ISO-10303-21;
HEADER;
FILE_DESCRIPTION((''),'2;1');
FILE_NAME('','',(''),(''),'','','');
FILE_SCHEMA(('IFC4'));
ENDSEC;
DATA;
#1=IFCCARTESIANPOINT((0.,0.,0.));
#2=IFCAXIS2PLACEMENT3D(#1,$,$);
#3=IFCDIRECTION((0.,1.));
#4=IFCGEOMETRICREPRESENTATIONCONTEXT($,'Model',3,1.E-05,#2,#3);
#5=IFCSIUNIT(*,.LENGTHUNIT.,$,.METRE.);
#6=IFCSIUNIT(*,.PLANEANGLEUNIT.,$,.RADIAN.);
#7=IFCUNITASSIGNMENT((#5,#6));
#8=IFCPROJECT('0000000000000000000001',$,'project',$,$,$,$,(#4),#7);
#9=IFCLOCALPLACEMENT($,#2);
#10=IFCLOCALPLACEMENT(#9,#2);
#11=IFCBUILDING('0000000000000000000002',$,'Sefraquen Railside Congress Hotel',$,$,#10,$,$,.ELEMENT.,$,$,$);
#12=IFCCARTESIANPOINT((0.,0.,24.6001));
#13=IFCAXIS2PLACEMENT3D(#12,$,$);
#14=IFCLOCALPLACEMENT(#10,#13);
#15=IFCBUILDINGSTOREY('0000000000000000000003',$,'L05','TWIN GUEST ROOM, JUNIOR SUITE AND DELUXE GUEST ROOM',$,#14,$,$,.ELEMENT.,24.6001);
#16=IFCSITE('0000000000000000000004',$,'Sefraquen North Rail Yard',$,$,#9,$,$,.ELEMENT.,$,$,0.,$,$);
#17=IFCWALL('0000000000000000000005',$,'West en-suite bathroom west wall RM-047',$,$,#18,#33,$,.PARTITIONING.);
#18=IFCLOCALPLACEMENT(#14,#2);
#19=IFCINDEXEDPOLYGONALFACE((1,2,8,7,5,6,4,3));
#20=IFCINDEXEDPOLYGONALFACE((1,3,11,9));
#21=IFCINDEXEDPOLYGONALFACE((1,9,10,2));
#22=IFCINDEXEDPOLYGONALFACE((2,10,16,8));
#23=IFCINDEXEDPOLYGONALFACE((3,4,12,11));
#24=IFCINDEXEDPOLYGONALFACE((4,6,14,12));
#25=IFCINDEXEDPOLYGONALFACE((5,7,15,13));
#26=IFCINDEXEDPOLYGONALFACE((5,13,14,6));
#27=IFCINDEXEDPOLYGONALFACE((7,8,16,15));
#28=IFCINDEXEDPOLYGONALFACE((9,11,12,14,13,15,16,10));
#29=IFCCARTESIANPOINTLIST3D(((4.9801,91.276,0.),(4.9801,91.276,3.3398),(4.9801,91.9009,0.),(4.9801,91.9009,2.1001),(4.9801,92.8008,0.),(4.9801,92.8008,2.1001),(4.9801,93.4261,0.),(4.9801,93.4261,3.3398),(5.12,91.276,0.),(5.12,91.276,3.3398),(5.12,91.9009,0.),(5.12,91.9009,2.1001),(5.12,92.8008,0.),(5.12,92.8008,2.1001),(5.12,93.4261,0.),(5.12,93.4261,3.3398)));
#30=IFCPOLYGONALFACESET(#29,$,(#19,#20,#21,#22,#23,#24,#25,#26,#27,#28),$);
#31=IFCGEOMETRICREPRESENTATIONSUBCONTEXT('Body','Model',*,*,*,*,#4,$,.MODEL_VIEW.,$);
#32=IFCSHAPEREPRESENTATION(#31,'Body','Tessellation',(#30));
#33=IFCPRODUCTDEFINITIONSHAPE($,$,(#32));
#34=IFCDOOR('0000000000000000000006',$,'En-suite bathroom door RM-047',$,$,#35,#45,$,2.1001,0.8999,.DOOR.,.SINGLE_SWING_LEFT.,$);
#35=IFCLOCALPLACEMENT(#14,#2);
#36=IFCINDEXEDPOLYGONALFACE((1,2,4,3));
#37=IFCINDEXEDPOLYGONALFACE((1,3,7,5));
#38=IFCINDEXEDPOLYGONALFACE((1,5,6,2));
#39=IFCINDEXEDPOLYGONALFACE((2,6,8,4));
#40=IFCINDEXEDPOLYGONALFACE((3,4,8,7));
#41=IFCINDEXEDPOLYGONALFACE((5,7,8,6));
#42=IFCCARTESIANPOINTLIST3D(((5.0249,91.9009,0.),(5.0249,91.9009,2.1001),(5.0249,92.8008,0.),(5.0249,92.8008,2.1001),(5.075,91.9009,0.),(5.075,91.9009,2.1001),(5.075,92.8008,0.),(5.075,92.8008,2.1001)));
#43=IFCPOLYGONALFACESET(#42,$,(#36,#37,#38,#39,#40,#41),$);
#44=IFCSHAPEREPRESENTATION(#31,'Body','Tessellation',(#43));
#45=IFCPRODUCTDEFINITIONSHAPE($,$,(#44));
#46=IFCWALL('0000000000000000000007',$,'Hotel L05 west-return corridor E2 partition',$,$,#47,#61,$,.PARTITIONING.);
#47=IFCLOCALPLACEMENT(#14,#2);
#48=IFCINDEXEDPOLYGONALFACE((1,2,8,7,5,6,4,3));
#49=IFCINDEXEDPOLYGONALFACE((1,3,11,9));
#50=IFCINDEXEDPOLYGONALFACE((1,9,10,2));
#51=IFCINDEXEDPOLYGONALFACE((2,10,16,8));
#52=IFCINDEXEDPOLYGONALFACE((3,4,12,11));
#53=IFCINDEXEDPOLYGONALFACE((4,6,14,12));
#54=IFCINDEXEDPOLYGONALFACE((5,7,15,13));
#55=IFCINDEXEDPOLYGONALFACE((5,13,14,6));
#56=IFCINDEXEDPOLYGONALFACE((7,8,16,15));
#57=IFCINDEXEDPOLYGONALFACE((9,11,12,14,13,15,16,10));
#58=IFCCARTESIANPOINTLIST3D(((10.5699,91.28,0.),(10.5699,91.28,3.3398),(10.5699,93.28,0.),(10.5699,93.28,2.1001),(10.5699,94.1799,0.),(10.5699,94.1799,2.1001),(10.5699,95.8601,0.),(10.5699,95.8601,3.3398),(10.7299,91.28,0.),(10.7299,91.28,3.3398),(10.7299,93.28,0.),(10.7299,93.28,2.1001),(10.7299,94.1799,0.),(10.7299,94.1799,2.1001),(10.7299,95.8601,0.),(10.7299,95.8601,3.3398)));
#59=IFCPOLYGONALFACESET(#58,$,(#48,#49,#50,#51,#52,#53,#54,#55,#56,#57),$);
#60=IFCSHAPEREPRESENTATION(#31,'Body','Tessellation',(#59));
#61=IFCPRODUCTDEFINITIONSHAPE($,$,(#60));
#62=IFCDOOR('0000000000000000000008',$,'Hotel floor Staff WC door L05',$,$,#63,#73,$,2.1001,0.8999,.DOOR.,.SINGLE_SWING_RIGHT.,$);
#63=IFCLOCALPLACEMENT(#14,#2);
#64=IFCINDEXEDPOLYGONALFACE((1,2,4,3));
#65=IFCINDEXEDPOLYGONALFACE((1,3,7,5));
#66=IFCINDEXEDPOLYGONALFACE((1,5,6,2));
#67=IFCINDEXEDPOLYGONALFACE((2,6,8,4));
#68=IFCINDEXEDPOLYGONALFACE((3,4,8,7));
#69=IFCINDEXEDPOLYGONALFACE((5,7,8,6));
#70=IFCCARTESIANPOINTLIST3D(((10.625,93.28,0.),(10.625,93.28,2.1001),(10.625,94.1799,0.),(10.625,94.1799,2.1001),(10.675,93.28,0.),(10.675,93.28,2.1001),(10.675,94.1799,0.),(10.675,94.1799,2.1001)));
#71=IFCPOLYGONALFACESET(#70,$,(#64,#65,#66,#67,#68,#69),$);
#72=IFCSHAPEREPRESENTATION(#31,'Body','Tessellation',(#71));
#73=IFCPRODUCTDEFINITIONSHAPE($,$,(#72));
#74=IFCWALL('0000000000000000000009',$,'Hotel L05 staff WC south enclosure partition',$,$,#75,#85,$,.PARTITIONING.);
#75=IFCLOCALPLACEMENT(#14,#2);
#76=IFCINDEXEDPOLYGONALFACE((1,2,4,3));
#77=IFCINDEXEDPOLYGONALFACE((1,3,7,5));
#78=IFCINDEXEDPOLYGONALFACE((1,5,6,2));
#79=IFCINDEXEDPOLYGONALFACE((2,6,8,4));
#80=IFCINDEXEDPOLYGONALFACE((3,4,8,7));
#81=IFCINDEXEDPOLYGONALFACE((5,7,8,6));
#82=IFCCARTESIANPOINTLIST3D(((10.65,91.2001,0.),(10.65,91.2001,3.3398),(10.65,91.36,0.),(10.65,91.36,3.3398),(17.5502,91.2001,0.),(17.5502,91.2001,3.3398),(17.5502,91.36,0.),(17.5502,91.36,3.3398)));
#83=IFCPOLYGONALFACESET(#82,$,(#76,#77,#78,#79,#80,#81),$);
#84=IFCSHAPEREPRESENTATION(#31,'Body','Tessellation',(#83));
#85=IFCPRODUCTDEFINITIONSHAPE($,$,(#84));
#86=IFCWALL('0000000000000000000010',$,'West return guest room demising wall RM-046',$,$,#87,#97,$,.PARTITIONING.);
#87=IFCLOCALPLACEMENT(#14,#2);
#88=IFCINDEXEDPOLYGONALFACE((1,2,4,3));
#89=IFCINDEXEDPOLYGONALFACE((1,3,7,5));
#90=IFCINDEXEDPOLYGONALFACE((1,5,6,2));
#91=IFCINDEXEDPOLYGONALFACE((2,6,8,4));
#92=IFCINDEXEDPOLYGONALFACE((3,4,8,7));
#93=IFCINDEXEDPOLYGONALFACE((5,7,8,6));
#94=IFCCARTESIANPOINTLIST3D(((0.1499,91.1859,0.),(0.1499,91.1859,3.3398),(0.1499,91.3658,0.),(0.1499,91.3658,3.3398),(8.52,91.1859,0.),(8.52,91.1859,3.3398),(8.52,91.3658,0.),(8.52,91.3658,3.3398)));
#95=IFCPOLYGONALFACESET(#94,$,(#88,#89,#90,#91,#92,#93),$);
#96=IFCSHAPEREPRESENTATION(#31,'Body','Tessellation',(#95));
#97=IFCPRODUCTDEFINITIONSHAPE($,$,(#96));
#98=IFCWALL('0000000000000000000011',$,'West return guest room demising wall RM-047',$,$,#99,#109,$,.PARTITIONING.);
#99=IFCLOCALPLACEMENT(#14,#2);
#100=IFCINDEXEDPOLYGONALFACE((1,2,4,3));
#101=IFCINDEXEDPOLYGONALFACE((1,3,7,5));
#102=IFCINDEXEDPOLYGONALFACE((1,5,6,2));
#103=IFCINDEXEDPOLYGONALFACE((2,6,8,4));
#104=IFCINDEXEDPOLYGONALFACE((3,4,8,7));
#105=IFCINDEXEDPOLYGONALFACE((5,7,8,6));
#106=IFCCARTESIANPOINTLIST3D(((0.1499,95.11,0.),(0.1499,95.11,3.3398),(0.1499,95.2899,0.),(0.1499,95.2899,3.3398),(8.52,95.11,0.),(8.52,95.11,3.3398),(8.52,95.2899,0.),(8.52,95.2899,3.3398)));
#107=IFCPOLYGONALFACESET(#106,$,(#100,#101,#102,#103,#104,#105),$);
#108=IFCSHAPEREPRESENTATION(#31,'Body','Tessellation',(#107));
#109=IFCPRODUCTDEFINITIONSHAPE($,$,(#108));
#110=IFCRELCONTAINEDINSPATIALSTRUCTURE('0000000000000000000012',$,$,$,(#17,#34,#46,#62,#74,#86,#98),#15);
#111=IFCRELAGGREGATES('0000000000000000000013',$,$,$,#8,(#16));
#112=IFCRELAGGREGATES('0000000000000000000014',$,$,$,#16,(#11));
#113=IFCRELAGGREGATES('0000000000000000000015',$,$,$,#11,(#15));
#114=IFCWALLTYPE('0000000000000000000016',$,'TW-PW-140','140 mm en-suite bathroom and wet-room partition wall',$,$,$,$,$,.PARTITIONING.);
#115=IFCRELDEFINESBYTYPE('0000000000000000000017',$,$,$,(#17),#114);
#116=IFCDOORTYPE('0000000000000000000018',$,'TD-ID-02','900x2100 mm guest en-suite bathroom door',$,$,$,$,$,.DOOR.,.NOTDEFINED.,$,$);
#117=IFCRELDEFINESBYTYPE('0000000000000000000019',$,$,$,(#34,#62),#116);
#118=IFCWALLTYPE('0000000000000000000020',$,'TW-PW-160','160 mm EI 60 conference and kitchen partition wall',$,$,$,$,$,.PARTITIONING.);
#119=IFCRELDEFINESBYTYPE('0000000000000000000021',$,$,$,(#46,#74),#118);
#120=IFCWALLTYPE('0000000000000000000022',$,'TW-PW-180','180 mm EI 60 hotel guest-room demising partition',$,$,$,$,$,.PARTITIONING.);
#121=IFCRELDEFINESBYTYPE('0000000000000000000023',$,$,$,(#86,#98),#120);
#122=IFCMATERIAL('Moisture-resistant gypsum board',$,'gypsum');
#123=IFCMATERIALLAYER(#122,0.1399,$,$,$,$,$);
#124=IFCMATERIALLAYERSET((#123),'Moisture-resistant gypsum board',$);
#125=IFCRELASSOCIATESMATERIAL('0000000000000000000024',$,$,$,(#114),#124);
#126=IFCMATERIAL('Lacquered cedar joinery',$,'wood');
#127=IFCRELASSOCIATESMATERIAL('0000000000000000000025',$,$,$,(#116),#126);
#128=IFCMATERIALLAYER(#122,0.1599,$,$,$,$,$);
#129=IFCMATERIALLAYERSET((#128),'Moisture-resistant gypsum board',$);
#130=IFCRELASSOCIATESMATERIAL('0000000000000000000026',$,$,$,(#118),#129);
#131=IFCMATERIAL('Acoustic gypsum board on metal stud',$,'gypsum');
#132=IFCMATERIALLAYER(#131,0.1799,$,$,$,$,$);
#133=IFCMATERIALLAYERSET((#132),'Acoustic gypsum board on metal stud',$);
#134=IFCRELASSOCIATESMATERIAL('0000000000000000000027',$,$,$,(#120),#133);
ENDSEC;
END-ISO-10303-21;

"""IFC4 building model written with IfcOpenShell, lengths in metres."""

from ifc_helpers import new_model, si_unit, direction, frame, frame_2d, origin, place, context, subcontext, project, spatial, rectangle, extrude, material, layer, layer_set, type_object, element, fill, save


model = new_model("IFC4")

# Units and contexts
model_context = context("Model", 3, precision=1e-05, world=origin(), true_north=direction((0.0, 1.0)))
body_context = subcontext(model_context, "Body", "Model", "MODEL_VIEW")
ifc_project = project(units=[si_unit("LENGTHUNIT", "METRE"), si_unit("PLANEANGLEUNIT", "RADIAN")], contexts=[model_context])

# Site, building, storey
site_placement = place(None, origin())
site = spatial("IfcSite", under=ifc_project, at=site_placement, Name="Sefraquen North Rail Yard", CompositionType="ELEMENT", RefElevation=0.0)
building_placement = place(site_placement, origin())
building = spatial("IfcBuilding", under=site, at=building_placement, Name="Sefraquen Railside Congress Hotel", CompositionType="ELEMENT")
storey_placement = place(building_placement, frame((0.0, 0.0, 24.6001)))
storey = spatial("IfcBuildingStorey", under=building, at=storey_placement, Name="L05", Description="TWIN GUEST ROOM, JUNIOR SUITE AND DELUXE GUEST ROOM", CompositionType="ELEMENT", Elevation=24.6001)

# Shared definitions
ifc_material_1 = material(Name="Moisture-resistant gypsum board", Category="gypsum")
ifc_layer_1 = layer(ifc_material_1, 0.1399)
ifc_layer_set_1 = layer_set([ifc_layer_1], Name="Moisture-resistant gypsum board")
wall_type_1 = type_object("IfcWallType", Name="TW-PW-140", Description="140 mm en-suite bathroom and wet-room partition wall", PredefinedType="PARTITIONING", material=ifc_layer_set_1)

# Walls, openings, doors
wall_1_placement = place(storey_placement, frame((5.05, 91.2759, 0.0), z_axis=(0.0, 0.0, 1.0), x_axis=(0.0, 1.0, 0.0)))
wall_1 = element("IfcWall", 1, at=wall_1_placement, inside=storey, type_object=wall_type_1, Name="West en-suite bathroom west wall RM-047", PredefinedType="PARTITIONING", context=body_context, shape_type="SweptSolid", body=[
    extrude(rectangle(XDim=2.1501, YDim=0.1399, at=frame_2d((1.0752, 0.0))), origin(), (0.0, 0.0, 1.0), 3.3398),
])
opening_1_placement = place(wall_1_placement, frame((0.625, 0.0, 0.0)))
opening_1 = element("IfcOpeningElement", 2, at=opening_1_placement, cuts=wall_1, PredefinedType="OPENING", context=body_context, shape_type="SweptSolid", body=[
    extrude(rectangle(XDim=0.8999, YDim=2.1001, at=frame_2d((0.45, 1.05))), frame((0.0, 0.0798, 0.0), z_axis=(0.0, -1.0, 0.0), x_axis=(1.0, 0.0, 0.0)), (0.0, 0.0, 1.0), 0.1599),
])
ifc_material_2 = material(Name="Lacquered cedar joinery", Category="wood")
door_type = type_object("IfcDoorType", Name="TD-ID-02", Description="900x2100 mm guest en-suite bathroom door", OperationType="NOTDEFINED", PredefinedType="DOOR", material=ifc_material_2)
door_1_placement = place(opening_1_placement, frame((0.8999, 0.0, 0.0), z_axis=(0.0, 0.0, 1.0), x_axis=(-1.0, 0.0, 0.0)))
door_1 = element("IfcDoor", 3, at=door_1_placement, inside=storey, type_object=door_type, Name="En-suite bathroom door RM-047", OperationType="SINGLE_SWING_LEFT", OverallHeight=2.1001, OverallWidth=0.8999, PredefinedType="DOOR", context=body_context, shape_type="SweptSolid", body=[
    extrude(rectangle(XDim=0.8999, YDim=2.1001, at=frame_2d((0.45, 1.05))), frame((0.0, 0.0249, 0.0), z_axis=(0.0, -1.0, 0.0), x_axis=(1.0, 0.0, 0.0)), (0.0, 0.0, 1.0), 0.05),
])
fill(opening_1, door_1)
ifc_layer_2 = layer(ifc_material_1, 0.1599)
ifc_layer_set_2 = layer_set([ifc_layer_2], Name="Moisture-resistant gypsum board")
wall_type_2 = type_object("IfcWallType", Name="TW-PW-160", Description="160 mm EI 60 conference and kitchen partition wall", PredefinedType="PARTITIONING", material=ifc_layer_set_2)
wall_2_placement = place(storey_placement, frame((10.6499, 91.28, 0.0), z_axis=(0.0, 0.0, 1.0), x_axis=(0.0, 1.0, 0.0)))
wall_2 = element("IfcWall", 4, at=wall_2_placement, inside=storey, type_object=wall_type_2, Name="Hotel L05 west-return corridor E2 partition", PredefinedType="PARTITIONING", context=body_context, shape_type="SweptSolid", body=[
    extrude(rectangle(XDim=4.5801, YDim=0.1599, at=frame_2d((2.29, 0.0))), origin(), (0.0, 0.0, 1.0), 3.3398),
])
opening_2_placement = place(wall_2_placement, frame((2.0, 0.0, 0.0)))
opening_2 = element("IfcOpeningElement", 5, at=opening_2_placement, cuts=wall_2, PredefinedType="OPENING", context=body_context, shape_type="SweptSolid", body=[
    extrude(rectangle(XDim=0.8999, YDim=2.1001, at=frame_2d((0.45, 1.05))), frame((0.0, 0.0898, 0.0), z_axis=(0.0, -1.0, 0.0), x_axis=(1.0, 0.0, 0.0)), (0.0, 0.0, 1.0), 0.1799),
])
door_2_placement = place(opening_2_placement, origin())
door_2 = element("IfcDoor", 6, at=door_2_placement, inside=storey, type_object=door_type, Name="Hotel floor Staff WC door L05", OperationType="SINGLE_SWING_RIGHT", OverallHeight=2.1001, OverallWidth=0.8999, PredefinedType="DOOR", context=body_context, shape_type="SweptSolid", body=[
    extrude(rectangle(XDim=0.8999, YDim=2.1001, at=frame_2d((0.45, 1.05))), frame((0.0, 0.0249, 0.0), z_axis=(0.0, -1.0, 0.0), x_axis=(1.0, 0.0, 0.0)), (0.0, 0.0, 1.0), 0.05),
])
fill(opening_2, door_2)

# Walls
wall_3_placement = place(storey_placement, frame((10.6499, 91.28, 0.0), z_axis=(0.0, 0.0, 1.0), x_axis=(1.0, 0.0, 0.0)))
element("IfcWall", 7, at=wall_3_placement, inside=storey, type_object=wall_type_2, Name="Hotel L05 staff WC south enclosure partition", PredefinedType="PARTITIONING", context=body_context, shape_type="SweptSolid", body=[
    extrude(rectangle(XDim=6.9001, YDim=0.1599, at=frame_2d((3.4502, 0.0))), origin(), (0.0, 0.0, 1.0), 3.3398),
])
ifc_material_3 = material(Name="Acoustic gypsum board on metal stud", Category="gypsum")
ifc_layer_3 = layer(ifc_material_3, 0.1799)
ifc_layer_set_3 = layer_set([ifc_layer_3], Name="Acoustic gypsum board on metal stud")
wall_type_3 = type_object("IfcWallType", Name="TW-PW-180", Description="180 mm EI 60 hotel guest-room demising partition", PredefinedType="PARTITIONING", material=ifc_layer_set_3)
for number, where, z_axis, x_axis, name in (
    (8, (0.1499, 91.2759, 0.0), (0.0, 0.0, 1.0), (1.0, 0.0, 0.0), "West return guest room demising wall RM-046"),
    (9, (0.1499, 95.2, 0.0), (0.0, 0.0, 1.0), (1.0, 0.0, 0.0), "West return guest room demising wall RM-047"),
):
    element("IfcWall", number, at=place(storey_placement, frame(where, z_axis=z_axis, x_axis=x_axis)), inside=storey, type_object=wall_type_3, Name=name, PredefinedType="PARTITIONING", context=body_context, shape_type="SweptSolid", body=[
        extrude(rectangle(XDim=8.3701, YDim=0.1799, at=frame_2d((4.1851, 0.0))), origin(), (0.0, 0.0, 1.0), 3.3398),
    ])

save(model, "model.ifc")
